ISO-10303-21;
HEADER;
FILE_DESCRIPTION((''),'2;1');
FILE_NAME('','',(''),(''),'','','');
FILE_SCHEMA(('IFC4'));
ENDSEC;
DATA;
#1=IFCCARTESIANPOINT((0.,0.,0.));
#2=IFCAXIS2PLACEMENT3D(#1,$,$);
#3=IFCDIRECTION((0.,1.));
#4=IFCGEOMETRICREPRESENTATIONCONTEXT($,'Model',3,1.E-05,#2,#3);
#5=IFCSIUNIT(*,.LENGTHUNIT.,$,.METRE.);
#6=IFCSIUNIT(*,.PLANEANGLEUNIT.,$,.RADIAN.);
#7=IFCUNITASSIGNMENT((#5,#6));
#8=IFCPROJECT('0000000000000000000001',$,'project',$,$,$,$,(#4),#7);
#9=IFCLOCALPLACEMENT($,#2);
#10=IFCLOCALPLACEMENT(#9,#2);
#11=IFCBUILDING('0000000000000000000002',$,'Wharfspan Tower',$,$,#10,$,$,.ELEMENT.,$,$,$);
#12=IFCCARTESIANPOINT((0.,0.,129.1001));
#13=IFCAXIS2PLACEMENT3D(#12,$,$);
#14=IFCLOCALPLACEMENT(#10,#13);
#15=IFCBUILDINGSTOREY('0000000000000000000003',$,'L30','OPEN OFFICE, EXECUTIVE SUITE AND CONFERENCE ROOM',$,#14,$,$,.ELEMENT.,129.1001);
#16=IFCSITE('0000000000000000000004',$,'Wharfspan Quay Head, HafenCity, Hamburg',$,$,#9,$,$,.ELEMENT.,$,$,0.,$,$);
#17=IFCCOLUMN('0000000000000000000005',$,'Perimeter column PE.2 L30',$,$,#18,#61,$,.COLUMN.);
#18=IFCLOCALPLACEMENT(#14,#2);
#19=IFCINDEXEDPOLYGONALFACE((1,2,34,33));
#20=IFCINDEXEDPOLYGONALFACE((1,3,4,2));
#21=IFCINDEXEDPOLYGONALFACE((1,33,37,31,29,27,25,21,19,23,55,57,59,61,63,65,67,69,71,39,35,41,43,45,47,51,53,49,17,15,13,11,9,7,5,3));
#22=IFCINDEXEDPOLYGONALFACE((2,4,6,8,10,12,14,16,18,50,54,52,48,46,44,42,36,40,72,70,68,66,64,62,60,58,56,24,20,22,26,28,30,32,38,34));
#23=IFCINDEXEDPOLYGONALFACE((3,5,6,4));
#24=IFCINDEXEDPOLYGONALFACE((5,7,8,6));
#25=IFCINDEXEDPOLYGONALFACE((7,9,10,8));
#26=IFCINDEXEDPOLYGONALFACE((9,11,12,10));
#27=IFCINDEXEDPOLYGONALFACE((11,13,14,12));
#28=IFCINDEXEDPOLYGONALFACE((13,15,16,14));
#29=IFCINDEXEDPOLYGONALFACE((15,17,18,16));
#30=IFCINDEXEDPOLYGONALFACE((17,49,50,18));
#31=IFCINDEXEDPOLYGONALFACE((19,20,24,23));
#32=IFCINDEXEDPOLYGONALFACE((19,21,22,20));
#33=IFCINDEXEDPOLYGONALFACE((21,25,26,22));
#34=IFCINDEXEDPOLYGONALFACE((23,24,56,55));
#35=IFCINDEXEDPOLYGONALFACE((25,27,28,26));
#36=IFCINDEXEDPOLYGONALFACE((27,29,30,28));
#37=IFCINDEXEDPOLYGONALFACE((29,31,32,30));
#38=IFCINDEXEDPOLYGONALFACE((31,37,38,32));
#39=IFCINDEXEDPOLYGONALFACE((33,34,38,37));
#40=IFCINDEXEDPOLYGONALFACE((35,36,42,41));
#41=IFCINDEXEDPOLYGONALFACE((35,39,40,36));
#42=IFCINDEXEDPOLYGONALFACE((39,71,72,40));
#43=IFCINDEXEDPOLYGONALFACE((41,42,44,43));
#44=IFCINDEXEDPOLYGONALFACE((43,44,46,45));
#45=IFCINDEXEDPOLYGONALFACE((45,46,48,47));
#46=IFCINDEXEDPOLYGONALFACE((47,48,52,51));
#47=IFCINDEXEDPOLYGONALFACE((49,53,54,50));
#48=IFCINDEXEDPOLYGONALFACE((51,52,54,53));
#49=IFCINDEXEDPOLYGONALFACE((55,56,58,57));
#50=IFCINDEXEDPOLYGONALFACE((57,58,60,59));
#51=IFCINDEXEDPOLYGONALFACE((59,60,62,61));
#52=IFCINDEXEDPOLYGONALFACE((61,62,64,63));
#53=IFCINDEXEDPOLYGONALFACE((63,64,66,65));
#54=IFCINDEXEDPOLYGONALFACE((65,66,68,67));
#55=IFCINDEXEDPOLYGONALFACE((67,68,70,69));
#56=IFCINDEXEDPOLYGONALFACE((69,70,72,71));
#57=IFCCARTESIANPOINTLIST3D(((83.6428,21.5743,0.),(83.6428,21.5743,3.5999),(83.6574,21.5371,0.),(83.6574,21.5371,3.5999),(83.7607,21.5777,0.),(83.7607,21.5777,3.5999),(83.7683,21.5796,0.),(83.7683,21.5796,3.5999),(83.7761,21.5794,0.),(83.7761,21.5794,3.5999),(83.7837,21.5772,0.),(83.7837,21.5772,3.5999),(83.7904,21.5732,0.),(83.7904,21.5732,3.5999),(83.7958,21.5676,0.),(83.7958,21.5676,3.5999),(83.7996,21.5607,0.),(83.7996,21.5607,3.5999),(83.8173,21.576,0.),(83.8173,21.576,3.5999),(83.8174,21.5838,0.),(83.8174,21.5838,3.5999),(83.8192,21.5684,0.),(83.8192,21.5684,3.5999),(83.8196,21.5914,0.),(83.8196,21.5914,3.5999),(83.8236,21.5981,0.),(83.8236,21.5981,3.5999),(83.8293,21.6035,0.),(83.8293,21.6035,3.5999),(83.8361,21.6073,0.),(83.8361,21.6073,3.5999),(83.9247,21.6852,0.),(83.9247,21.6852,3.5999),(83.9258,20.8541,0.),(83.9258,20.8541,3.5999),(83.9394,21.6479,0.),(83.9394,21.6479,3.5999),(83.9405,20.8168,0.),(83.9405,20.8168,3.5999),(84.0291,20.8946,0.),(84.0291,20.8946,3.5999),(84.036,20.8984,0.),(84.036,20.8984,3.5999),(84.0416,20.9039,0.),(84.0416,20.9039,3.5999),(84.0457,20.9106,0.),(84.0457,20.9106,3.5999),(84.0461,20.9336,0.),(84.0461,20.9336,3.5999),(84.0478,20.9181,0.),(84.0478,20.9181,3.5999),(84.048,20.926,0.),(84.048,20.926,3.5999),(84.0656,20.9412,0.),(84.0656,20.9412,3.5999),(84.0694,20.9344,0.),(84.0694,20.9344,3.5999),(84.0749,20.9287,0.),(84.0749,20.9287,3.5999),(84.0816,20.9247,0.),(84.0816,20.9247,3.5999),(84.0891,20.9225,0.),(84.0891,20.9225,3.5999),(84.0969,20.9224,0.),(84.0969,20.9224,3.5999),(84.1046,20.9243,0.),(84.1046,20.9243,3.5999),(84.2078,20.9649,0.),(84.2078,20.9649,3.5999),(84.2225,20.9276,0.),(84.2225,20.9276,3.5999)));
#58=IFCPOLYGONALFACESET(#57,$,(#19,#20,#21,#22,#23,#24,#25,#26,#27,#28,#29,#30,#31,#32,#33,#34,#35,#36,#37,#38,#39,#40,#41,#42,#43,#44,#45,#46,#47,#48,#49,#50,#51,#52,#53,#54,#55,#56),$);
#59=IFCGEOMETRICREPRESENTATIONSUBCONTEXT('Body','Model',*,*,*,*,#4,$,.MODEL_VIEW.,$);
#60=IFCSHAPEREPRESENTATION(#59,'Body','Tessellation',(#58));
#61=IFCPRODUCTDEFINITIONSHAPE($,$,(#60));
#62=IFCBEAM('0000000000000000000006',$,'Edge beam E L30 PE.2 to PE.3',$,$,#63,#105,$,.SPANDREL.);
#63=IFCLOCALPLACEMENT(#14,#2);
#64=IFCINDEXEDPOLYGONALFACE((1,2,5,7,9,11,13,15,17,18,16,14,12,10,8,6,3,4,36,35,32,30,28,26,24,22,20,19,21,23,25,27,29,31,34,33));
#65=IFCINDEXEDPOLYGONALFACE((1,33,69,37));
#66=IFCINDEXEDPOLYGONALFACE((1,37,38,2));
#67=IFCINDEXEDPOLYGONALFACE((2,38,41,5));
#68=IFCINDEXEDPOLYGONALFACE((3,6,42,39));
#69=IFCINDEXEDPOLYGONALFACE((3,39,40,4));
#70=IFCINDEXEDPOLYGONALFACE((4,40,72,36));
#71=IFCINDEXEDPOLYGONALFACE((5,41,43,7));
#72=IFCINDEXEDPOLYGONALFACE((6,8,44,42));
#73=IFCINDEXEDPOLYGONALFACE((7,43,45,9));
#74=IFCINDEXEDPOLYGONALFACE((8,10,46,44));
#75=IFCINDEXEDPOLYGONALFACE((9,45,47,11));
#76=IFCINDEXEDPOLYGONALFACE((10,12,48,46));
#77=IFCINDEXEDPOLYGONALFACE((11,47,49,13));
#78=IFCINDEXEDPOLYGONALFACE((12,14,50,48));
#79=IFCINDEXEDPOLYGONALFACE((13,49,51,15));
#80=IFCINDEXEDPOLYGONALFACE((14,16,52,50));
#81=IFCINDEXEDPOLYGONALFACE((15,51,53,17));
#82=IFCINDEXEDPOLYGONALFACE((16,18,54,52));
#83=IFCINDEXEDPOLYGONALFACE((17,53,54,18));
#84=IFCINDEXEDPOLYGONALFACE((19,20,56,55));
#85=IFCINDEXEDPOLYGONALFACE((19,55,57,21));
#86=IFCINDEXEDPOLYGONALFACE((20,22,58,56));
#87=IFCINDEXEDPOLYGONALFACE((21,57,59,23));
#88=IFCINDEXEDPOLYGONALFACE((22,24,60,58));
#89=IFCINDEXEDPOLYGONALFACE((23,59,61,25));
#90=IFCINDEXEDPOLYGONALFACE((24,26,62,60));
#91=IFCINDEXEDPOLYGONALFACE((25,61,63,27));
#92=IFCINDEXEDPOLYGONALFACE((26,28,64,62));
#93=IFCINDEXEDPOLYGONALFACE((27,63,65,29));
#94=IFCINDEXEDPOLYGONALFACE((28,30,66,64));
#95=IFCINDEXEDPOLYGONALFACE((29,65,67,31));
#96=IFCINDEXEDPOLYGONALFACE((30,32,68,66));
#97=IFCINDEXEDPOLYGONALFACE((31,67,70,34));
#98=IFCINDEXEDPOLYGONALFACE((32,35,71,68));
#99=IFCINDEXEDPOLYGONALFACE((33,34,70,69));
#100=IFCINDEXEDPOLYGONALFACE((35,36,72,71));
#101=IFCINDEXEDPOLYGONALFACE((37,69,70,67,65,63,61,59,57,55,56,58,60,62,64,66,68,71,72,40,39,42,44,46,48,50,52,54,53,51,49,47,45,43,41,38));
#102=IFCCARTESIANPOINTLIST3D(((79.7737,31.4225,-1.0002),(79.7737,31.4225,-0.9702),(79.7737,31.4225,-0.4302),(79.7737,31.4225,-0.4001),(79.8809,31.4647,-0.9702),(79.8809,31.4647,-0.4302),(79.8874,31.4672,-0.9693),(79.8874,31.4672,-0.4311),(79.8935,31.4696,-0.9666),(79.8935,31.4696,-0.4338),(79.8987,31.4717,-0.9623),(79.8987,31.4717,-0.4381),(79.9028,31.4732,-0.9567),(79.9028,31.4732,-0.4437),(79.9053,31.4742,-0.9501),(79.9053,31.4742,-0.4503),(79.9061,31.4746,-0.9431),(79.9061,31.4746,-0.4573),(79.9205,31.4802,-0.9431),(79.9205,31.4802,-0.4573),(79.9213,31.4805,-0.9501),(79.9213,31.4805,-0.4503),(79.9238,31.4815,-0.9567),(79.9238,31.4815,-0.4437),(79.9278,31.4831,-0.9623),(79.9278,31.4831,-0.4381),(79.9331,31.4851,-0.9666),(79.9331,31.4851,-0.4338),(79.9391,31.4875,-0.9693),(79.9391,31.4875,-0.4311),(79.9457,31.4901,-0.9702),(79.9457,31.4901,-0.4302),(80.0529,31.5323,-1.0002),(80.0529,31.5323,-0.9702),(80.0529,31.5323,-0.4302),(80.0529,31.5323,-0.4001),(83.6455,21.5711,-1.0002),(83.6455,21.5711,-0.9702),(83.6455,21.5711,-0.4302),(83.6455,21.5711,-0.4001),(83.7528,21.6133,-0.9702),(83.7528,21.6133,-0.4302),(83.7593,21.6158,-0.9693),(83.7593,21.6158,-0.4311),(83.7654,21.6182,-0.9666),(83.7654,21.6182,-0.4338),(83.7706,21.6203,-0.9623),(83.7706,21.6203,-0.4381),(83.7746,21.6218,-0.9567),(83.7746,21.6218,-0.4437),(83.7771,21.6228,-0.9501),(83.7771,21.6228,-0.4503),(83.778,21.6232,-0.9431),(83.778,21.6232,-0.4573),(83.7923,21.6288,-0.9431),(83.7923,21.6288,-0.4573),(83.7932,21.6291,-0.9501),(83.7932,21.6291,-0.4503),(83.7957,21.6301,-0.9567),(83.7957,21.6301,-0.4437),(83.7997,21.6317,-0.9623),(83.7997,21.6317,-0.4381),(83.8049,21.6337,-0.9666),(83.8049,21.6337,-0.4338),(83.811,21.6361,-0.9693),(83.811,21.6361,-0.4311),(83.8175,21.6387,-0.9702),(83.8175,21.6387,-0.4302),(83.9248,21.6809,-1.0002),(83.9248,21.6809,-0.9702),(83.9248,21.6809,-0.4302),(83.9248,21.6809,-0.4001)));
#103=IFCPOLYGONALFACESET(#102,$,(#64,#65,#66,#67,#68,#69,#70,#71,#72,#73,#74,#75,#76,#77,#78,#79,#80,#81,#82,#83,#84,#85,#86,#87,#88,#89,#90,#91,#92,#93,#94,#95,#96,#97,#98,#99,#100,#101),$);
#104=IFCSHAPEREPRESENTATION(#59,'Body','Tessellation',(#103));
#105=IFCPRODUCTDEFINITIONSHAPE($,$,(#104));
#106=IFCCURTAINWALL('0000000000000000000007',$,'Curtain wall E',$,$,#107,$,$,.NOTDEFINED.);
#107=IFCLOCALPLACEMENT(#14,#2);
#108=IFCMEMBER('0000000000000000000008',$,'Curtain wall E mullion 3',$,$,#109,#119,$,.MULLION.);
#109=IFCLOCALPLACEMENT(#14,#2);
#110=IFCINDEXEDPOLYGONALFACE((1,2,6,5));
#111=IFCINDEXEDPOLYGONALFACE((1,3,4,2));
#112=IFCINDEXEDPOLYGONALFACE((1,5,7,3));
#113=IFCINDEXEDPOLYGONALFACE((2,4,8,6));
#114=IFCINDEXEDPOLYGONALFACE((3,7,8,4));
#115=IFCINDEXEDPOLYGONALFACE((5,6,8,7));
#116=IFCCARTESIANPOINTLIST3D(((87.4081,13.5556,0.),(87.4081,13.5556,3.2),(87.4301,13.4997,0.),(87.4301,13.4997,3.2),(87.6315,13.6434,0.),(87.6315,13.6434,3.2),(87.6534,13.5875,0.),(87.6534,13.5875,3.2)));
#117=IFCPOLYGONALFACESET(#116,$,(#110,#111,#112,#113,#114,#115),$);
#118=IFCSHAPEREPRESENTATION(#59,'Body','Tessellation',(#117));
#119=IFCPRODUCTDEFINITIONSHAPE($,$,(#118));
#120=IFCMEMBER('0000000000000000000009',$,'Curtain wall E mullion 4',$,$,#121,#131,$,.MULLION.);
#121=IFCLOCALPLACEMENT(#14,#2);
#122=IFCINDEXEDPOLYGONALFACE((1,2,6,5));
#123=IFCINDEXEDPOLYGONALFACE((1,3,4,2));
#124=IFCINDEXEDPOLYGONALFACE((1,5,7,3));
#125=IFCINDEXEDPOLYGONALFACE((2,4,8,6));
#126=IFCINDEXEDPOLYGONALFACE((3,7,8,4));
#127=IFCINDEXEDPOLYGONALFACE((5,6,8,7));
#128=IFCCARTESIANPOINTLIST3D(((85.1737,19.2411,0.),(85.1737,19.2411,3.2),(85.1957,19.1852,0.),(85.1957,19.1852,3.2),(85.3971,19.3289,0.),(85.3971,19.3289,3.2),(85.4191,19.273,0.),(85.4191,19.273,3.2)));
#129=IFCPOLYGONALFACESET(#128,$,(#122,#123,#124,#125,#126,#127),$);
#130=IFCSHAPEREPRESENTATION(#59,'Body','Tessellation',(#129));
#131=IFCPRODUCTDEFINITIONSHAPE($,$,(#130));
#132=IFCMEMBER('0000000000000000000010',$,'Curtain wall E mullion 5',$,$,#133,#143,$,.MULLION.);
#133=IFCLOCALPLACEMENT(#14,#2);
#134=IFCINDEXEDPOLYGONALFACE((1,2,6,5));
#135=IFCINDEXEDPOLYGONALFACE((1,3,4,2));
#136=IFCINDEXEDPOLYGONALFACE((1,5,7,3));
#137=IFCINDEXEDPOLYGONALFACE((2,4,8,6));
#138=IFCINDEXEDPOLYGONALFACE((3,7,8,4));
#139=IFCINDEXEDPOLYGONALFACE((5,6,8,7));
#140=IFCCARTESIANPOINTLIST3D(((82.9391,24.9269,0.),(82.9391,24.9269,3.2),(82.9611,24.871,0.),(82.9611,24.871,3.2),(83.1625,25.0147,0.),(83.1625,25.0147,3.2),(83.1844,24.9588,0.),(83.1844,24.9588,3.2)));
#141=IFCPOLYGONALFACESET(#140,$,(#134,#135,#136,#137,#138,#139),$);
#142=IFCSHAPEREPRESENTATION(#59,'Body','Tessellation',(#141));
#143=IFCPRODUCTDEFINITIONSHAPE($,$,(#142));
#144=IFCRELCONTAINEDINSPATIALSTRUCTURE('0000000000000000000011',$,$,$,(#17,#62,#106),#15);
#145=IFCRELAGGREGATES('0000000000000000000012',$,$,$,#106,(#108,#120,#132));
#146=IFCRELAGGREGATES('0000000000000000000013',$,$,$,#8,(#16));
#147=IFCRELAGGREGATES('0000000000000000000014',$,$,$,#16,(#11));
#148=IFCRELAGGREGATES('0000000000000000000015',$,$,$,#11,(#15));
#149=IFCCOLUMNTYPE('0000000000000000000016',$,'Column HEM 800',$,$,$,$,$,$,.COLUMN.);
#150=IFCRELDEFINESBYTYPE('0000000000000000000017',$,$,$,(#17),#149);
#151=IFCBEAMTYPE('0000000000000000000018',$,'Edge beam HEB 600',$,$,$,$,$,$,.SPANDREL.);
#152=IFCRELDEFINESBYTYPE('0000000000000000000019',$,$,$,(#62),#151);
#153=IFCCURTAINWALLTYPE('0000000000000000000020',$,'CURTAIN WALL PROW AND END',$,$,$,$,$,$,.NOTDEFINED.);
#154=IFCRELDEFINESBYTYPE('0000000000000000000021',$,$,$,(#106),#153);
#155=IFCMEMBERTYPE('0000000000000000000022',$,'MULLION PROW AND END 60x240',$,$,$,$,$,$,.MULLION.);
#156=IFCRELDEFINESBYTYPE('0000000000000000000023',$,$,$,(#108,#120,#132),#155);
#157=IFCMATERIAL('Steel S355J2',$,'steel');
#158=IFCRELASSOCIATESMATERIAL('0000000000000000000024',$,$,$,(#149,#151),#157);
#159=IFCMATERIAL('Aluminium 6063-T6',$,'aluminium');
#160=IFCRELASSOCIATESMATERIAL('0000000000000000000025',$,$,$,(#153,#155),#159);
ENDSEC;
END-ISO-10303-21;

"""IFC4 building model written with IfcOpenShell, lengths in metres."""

from ifc_helpers import new_model, si_unit, direction, frame, origin, origin_2d, place, context, subcontext, project, spatial, rectangle, i_section, extrude, material, material_profile, profile_set, type_object, element, aggregate, save


model = new_model("IFC4")

# Units and contexts
model_context = context("Model", 3, precision=1e-05, world=origin(), true_north=direction((0.0, 1.0)))
body_context = subcontext(model_context, "Body", "Model", "MODEL_VIEW")
ifc_project = project(units=[si_unit("LENGTHUNIT", "METRE"), si_unit("PLANEANGLEUNIT", "RADIAN")], contexts=[model_context])

# Site, building, storey
site_placement = place(None, origin())
site = spatial("IfcSite", under=ifc_project, at=site_placement, Name="Wharfspan Quay Head, HafenCity, Hamburg", CompositionType="ELEMENT", RefElevation=0.0)
building_placement = place(site_placement, origin())
building = spatial("IfcBuilding", under=site, at=building_placement, Name="Wharfspan Tower", CompositionType="ELEMENT")
storey_placement = place(building_placement, frame((0.0, 0.0, 129.1001)))
storey = spatial("IfcBuildingStorey", under=building, at=storey_placement, Name="L30", Description="OPEN OFFICE, EXECUTIVE SUITE AND CONFERENCE ROOM", CompositionType="ELEMENT", Elevation=129.1001)

# Column
ifc_material_1 = material(Name="Steel S355J2", Category="steel")
ifc_material_profile_1 = material_profile(ifc_material_1, i_section(OverallWidth=0.303, OverallDepth=0.814, WebThickness=0.021, FlangeThickness=0.04, FilletRadius=0.03, at=origin_2d()))
ifc_profile_set_1 = profile_set([ifc_material_profile_1], Name="Steel S355J2")
column_type = type_object("IfcColumnType", Name="Column HEM 800", PredefinedType="COLUMN", material=ifc_profile_set_1)
column_placement = place(storey_placement, frame((83.9326, 21.251, 0.0), z_axis=(0.0, 0.0, 1.0), x_axis=(0.930702, 0.365778, 0.0)))
element("IfcColumn", 1, at=column_placement, inside=storey, type_object=column_type, Name="Perimeter column PE.2 L30", PredefinedType="COLUMN", context=body_context, shape_type="SweptSolid", body=[
    extrude(i_section(OverallWidth=0.303, OverallDepth=0.814, WebThickness=0.021, FlangeThickness=0.04, FilletRadius=0.03, at=origin_2d()), origin(), (0.0, 0.0, 1.0), 3.5999),
])

# Beam
ifc_material_profile_2 = material_profile(ifc_material_1, i_section(OverallWidth=0.3, OverallDepth=0.6001, WebThickness=0.0154, FlangeThickness=0.03, FilletRadius=0.0271, at=origin_2d()))
ifc_profile_set_2 = profile_set([ifc_material_profile_2], Name="Steel S355J2")
beam_type = type_object("IfcBeamType", Name="Edge beam HEB 600", PredefinedType="SPANDREL", material=ifc_profile_set_2)
beam_placement = place(storey_placement, frame((83.7852, 21.626, -0.7002), z_axis=(-0.365789, 0.930698, 0.0), x_axis=(-0.930698, -0.365789, 0.0)))
element("IfcBeam", 2, at=beam_placement, inside=storey, type_object=beam_type, Name="Edge beam E L30 PE.2 to PE.3", PredefinedType="SPANDREL", context=body_context, shape_type="SweptSolid", body=[
    extrude(i_section(OverallWidth=0.3, OverallDepth=0.6001, WebThickness=0.0154, FlangeThickness=0.03, FilletRadius=0.0271, at=origin_2d()), origin(), (0.0, 0.0, 1.0), 10.585),
])

# Curtain wall, members
ifc_material_2 = material(Name="Aluminium 6063-T6", Category="aluminium")
curtain_wall_type = type_object("IfcCurtainWallType", Name="CURTAIN WALL PROW AND END", PredefinedType="NOTDEFINED", material=ifc_material_2)
curtain_wall_placement = place(storey_placement, origin())
curtain_wall = element("IfcCurtainWall", 3, at=curtain_wall_placement, inside=storey, type_object=curtain_wall_type, Name="Curtain wall E", PredefinedType="NOTDEFINED")
ifc_material_profile_3 = material_profile(ifc_material_2, rectangle(XDim=0.24, YDim=0.0601, at=origin_2d()))
ifc_profile_set_3 = profile_set([ifc_material_profile_3], Name="Aluminium 6063-T6")
member_type_1 = type_object("IfcMemberType", Name="MULLION PROW AND END 60x240", PredefinedType="MULLION", material=ifc_profile_set_3)
member_1_placement = place(storey_placement, frame((87.5308, 13.5715, 0.0), z_axis=(0.0, 0.0, 1.0), x_axis=(-0.930702, -0.365778, 0.0)))
member_1 = element("IfcMember", 4, at=member_1_placement, type_object=member_type_1, Name="Curtain wall E mullion 3", PredefinedType="MULLION", context=body_context, shape_type="SweptSolid", body=[
    extrude(rectangle(XDim=0.24, YDim=0.0601, at=origin_2d()), origin(), (0.0, 0.0, 1.0), 3.2),
])
member_2_placement = place(storey_placement, frame((85.2964, 19.2571, 0.0), z_axis=(0.0, 0.0, 1.0), x_axis=(-0.930702, -0.365778, 0.0)))
member_2 = element("IfcMember", 5, at=member_2_placement, type_object=member_type_1, Name="Curtain wall E mullion 4", PredefinedType="MULLION", context=body_context, shape_type="SweptSolid", body=[
    extrude(rectangle(XDim=0.24, YDim=0.0601, at=origin_2d()), origin(), (0.0, 0.0, 1.0), 3.2),
])
member_3_placement = place(storey_placement, frame((83.0618, 24.9429, 0.0), z_axis=(0.0, 0.0, 1.0), x_axis=(-0.930702, -0.365778, 0.0)))
member_3 = element("IfcMember", 6, at=member_3_placement, type_object=member_type_1, Name="Curtain wall E mullion 5", PredefinedType="MULLION", context=body_context, shape_type="SweptSolid", body=[
    extrude(rectangle(XDim=0.24, YDim=0.0601, at=origin_2d()), origin(), (0.0, 0.0, 1.0), 3.2),
])

aggregate(curtain_wall, [member_1, member_2, member_3])

save(model, "model.ifc")
